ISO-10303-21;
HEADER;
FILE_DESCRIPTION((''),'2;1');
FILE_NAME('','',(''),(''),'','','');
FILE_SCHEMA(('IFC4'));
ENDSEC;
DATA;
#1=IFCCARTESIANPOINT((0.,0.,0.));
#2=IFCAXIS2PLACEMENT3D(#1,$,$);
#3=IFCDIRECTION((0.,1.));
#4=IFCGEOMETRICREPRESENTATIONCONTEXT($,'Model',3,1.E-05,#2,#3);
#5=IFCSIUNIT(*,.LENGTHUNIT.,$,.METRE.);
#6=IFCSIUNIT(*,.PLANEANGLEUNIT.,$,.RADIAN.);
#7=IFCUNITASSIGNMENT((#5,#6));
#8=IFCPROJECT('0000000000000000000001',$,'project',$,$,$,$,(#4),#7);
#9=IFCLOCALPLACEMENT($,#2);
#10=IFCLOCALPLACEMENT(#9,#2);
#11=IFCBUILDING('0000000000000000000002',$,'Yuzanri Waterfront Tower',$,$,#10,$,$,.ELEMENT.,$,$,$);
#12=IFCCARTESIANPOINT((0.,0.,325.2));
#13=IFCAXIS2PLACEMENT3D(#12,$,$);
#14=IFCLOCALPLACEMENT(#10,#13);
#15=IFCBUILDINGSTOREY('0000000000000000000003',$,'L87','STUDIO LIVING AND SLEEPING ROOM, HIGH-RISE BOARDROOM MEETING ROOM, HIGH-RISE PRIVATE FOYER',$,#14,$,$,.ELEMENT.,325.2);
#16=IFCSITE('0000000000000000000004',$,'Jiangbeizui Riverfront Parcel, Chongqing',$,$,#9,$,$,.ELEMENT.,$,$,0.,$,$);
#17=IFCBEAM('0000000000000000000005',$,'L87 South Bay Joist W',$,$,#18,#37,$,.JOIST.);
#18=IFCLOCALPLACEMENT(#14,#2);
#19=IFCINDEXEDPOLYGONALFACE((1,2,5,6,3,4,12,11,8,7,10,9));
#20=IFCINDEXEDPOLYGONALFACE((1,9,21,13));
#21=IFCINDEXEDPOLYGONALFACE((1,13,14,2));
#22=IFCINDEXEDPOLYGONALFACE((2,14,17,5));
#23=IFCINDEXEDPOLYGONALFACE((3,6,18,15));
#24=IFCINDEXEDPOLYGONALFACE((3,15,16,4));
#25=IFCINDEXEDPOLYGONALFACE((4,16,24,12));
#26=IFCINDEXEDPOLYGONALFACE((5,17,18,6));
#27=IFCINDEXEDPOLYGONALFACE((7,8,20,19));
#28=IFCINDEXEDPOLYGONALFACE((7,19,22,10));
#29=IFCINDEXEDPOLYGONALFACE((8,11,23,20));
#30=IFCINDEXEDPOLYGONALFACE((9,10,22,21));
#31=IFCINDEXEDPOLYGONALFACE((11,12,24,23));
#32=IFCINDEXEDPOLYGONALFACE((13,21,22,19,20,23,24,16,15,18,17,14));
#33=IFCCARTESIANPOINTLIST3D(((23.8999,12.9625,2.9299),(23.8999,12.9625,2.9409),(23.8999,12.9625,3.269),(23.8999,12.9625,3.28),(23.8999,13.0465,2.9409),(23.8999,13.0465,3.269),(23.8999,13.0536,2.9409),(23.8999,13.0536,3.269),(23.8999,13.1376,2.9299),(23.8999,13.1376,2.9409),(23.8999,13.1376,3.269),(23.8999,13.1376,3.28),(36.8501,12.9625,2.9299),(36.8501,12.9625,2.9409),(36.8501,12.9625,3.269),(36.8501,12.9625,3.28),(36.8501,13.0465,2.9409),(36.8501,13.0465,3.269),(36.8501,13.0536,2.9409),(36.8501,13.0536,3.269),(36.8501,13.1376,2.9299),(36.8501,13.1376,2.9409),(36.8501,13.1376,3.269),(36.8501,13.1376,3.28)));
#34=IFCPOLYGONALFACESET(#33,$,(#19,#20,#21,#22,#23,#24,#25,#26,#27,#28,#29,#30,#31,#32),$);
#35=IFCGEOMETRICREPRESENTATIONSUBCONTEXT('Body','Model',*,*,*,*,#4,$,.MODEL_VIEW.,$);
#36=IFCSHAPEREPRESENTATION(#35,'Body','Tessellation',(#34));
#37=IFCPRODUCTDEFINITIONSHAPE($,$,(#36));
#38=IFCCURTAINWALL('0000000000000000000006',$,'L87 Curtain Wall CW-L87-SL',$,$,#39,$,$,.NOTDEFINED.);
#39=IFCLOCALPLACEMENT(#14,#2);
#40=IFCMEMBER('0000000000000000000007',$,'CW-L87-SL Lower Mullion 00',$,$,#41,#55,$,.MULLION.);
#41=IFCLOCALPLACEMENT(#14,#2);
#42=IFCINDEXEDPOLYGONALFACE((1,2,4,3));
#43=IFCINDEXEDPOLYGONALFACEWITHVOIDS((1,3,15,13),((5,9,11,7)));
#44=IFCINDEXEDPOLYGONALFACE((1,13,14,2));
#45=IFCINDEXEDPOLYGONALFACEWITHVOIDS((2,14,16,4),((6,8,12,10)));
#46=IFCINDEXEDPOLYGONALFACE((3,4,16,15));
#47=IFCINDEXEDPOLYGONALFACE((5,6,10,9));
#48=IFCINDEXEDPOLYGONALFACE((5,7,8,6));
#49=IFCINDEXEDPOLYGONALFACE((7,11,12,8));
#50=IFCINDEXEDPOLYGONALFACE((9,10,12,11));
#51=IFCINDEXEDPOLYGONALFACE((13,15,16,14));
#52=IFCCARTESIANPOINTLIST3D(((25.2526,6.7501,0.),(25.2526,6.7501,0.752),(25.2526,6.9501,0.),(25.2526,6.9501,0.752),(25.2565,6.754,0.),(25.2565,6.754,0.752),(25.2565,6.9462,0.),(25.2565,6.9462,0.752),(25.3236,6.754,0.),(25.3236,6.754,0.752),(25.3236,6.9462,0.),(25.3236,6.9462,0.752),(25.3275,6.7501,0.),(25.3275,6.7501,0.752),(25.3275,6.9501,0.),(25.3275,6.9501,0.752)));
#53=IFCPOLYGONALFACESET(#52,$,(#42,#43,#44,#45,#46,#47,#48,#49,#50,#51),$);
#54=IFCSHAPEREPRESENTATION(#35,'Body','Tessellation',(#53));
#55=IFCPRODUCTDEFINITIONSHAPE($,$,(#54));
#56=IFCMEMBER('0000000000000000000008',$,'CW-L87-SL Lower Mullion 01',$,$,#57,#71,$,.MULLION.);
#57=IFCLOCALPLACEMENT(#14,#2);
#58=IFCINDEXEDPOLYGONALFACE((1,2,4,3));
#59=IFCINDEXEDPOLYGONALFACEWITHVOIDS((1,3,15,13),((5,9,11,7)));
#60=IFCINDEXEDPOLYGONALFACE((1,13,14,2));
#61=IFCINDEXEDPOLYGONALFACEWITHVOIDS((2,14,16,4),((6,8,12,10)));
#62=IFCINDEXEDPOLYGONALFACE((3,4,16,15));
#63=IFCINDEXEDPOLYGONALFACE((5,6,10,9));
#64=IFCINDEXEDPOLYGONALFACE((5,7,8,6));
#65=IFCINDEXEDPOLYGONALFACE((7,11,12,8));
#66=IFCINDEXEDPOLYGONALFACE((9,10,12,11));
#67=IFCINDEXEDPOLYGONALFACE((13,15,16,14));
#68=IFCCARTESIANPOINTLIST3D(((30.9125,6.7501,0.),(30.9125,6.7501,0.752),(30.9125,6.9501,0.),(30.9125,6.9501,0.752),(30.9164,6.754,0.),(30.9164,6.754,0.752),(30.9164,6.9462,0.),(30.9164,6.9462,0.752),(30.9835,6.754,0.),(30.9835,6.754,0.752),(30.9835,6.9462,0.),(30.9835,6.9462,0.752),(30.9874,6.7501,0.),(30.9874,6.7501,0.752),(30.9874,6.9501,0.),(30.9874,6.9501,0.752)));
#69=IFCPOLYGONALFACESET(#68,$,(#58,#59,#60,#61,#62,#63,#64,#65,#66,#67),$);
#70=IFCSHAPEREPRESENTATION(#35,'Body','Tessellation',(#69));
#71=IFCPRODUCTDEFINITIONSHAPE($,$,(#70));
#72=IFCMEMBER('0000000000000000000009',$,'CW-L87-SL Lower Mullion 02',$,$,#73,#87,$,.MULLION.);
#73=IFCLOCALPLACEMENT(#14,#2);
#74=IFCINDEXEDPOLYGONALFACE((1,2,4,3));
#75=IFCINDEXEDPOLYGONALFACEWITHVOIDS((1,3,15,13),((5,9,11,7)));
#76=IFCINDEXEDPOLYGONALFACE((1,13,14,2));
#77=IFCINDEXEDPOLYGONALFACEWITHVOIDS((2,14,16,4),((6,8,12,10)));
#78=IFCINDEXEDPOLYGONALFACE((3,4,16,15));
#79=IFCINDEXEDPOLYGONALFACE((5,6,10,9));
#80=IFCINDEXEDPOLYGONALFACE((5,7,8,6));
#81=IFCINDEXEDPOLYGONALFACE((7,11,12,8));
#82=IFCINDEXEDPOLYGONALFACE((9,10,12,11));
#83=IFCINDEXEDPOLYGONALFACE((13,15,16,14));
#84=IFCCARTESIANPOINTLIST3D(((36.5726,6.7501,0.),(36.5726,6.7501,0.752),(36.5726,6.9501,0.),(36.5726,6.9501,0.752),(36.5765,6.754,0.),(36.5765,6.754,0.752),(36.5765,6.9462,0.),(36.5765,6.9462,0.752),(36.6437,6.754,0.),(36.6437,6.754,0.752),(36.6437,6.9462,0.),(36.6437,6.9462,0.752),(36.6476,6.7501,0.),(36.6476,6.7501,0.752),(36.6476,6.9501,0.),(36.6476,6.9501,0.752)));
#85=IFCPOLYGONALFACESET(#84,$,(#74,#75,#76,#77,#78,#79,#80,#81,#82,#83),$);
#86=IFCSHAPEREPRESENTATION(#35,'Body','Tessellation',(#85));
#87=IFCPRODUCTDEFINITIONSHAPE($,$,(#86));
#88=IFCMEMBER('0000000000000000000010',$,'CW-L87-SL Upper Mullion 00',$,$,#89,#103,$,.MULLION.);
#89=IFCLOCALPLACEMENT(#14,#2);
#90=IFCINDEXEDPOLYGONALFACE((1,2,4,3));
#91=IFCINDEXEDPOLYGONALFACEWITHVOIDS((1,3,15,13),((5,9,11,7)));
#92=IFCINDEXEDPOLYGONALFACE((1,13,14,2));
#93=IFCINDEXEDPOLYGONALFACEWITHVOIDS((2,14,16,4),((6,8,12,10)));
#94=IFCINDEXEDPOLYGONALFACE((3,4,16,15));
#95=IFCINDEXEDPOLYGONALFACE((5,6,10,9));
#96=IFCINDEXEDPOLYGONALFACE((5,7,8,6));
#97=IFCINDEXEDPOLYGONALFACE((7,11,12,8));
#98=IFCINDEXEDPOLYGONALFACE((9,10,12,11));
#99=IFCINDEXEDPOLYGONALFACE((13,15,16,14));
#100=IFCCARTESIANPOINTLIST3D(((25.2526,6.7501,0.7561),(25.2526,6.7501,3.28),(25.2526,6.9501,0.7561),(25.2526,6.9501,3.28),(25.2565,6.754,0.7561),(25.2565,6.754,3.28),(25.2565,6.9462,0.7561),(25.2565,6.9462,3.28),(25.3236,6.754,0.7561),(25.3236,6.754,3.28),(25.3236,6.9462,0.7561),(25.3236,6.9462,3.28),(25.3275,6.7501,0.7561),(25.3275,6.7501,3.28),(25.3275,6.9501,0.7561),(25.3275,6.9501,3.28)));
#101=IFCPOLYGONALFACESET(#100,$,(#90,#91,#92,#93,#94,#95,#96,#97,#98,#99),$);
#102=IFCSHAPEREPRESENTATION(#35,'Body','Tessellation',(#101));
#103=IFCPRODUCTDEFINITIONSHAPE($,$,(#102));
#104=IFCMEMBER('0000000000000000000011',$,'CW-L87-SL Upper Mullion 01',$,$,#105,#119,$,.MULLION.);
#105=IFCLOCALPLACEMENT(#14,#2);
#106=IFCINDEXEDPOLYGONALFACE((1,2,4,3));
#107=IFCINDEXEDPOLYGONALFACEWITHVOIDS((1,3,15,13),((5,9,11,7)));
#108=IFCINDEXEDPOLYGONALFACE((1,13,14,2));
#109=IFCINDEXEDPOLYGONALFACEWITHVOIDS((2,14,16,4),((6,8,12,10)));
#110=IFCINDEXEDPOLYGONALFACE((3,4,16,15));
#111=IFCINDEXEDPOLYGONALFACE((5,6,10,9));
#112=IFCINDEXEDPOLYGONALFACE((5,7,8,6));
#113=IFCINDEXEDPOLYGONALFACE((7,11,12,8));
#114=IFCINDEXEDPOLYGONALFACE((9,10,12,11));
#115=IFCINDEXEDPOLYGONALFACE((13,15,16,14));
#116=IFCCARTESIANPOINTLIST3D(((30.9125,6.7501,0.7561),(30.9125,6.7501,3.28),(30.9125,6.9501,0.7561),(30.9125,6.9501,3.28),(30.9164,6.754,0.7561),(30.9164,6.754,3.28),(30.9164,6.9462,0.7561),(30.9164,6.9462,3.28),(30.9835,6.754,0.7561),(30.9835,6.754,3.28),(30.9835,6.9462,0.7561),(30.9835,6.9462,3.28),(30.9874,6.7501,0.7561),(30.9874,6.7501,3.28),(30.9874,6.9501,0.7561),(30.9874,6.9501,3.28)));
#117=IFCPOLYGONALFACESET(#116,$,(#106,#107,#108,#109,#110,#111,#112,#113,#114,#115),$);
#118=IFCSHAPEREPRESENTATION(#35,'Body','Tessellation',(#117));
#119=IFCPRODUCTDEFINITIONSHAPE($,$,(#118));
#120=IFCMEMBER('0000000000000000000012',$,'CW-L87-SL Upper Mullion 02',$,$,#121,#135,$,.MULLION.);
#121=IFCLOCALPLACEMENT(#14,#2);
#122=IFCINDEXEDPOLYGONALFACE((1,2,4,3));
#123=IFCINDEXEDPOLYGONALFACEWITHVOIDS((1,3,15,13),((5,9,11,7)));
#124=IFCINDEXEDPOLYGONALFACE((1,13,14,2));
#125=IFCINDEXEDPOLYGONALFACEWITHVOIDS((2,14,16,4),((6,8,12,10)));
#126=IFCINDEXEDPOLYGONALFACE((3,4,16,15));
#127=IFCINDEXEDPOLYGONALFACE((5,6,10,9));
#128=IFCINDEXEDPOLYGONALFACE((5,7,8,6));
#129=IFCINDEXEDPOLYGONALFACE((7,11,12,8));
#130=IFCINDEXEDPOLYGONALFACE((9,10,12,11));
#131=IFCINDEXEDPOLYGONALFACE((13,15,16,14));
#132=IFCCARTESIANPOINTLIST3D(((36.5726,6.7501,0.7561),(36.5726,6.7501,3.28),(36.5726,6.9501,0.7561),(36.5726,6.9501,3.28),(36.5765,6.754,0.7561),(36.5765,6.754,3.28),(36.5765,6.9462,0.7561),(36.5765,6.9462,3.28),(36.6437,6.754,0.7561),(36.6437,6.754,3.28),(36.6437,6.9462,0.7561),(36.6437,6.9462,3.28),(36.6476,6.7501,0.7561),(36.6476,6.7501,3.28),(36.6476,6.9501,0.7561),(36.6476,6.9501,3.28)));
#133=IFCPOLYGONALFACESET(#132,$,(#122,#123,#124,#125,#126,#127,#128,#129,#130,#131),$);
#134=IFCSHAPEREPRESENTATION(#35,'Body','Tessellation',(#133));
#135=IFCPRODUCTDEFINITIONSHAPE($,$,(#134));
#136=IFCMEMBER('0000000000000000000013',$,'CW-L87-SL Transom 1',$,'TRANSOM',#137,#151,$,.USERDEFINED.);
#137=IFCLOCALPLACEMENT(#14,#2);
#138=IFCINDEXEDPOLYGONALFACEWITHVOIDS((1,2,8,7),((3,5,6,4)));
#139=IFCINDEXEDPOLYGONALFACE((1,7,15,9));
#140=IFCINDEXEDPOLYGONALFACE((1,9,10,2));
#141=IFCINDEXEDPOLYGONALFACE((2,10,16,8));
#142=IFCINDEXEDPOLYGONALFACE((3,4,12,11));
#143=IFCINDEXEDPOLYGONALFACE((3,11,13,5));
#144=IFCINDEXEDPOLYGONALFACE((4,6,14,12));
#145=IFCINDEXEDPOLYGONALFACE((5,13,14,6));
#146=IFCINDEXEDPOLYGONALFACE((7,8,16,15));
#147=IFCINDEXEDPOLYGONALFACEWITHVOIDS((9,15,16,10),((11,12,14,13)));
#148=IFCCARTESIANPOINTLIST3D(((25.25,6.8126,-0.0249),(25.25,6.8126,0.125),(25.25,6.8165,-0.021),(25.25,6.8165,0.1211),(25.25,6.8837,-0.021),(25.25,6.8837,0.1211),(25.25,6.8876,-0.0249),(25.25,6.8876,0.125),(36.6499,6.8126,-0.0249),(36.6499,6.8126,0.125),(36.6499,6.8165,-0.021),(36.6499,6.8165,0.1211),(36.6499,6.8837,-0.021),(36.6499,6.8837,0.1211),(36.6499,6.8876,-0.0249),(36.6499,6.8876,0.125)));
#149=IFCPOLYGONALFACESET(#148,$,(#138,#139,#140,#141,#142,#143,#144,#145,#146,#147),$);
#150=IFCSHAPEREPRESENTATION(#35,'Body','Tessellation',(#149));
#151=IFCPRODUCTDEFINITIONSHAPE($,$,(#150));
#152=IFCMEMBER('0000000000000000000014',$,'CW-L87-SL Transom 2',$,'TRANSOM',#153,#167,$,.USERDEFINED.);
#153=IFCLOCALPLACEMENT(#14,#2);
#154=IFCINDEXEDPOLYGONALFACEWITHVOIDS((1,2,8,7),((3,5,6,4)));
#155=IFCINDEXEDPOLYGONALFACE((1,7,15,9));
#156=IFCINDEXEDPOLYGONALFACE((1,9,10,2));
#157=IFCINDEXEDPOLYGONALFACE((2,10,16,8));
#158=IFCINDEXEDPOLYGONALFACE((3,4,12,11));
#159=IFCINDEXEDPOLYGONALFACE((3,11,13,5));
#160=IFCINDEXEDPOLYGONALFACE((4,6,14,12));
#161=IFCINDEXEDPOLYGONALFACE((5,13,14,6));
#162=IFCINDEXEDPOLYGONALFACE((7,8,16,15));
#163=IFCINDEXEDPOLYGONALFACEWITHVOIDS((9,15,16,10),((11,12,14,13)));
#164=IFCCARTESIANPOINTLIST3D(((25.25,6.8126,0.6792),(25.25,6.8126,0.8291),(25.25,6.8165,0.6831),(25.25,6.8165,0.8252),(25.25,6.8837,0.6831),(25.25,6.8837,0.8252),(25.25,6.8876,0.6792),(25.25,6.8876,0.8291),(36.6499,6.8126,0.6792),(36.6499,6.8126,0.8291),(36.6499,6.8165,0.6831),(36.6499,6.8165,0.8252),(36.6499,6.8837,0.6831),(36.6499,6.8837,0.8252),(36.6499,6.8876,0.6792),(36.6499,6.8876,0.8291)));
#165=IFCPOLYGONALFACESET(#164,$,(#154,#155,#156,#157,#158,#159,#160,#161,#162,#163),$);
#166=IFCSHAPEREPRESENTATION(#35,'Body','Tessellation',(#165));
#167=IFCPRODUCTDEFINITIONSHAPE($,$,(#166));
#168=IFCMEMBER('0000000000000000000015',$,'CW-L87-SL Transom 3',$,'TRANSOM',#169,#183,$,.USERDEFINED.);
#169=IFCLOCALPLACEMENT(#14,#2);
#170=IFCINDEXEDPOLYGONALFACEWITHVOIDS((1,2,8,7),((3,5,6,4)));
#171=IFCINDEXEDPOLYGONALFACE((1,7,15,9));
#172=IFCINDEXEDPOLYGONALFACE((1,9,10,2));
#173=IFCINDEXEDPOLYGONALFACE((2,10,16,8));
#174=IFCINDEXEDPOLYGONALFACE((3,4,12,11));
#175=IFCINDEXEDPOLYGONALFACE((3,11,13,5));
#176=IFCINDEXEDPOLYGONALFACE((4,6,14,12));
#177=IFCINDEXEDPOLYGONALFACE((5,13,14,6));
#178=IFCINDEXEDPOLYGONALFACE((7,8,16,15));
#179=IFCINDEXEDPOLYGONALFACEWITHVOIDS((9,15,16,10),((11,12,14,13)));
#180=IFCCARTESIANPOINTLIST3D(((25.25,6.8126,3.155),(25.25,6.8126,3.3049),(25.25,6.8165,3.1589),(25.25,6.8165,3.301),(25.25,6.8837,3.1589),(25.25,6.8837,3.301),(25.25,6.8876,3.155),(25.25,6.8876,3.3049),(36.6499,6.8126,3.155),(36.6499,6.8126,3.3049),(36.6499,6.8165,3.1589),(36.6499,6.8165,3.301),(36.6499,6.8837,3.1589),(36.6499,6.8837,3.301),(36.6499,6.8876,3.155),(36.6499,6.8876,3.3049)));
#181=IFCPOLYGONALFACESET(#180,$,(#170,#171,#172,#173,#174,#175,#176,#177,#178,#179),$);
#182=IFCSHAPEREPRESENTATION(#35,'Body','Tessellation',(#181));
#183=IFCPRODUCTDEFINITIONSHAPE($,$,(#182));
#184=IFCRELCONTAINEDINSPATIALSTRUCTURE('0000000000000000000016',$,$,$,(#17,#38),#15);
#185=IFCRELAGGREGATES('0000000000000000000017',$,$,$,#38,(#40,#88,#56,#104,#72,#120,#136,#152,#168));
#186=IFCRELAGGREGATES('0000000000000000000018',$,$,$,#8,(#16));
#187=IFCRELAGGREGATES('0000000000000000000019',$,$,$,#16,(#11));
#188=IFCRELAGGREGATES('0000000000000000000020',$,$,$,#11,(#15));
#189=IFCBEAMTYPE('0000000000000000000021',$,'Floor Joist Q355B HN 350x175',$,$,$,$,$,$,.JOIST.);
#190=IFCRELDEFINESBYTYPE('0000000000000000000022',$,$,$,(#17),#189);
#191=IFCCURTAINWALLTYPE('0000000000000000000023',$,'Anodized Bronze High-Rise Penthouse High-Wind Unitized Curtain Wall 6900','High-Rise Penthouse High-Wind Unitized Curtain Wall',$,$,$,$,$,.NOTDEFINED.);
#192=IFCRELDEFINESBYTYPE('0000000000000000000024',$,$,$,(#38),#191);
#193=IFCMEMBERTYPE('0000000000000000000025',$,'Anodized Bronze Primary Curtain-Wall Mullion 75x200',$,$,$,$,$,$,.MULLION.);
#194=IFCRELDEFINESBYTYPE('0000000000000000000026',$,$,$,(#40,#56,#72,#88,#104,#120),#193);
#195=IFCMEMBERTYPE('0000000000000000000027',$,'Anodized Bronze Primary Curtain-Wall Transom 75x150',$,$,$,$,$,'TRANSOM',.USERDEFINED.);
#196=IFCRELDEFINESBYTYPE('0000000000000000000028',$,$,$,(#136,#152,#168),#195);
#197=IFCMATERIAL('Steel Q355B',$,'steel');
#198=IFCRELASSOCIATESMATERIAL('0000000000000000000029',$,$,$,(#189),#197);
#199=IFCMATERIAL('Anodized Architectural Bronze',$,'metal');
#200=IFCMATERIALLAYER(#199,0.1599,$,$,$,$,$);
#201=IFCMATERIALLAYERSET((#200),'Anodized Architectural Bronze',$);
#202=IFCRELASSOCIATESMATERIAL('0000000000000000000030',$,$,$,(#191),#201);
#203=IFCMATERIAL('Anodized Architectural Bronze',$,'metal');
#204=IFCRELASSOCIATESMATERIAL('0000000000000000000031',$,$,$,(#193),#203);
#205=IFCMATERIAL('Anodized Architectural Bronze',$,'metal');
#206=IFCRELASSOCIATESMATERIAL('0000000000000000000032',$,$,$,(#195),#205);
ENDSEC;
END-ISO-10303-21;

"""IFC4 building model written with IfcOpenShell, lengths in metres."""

from ifc_helpers import new_model, si_unit, direction, frame, origin, origin_2d, place, context, subcontext, project, spatial, hollow_rectangle, i_section, extrude, source, transform, mapped, material, layer, layer_set, material_profile, profile_set, type_object, element, aggregate, save


model = new_model("IFC4")

# Units and contexts
model_context = context("Model", 3, precision=1e-05, world=origin(), true_north=direction((0.0, 1.0)))
body_context = subcontext(model_context, "Body", "Model", "MODEL_VIEW")
ifc_project = project(units=[si_unit("LENGTHUNIT", "METRE"), si_unit("PLANEANGLEUNIT", "RADIAN")], contexts=[model_context])

# Site, building, storey
site_placement = place(None, origin())
site = spatial("IfcSite", under=ifc_project, at=site_placement, Name="Jiangbeizui Riverfront Parcel, Chongqing", CompositionType="ELEMENT", RefElevation=0.0)
building_placement = place(site_placement, origin())
building = spatial("IfcBuilding", under=site, at=building_placement, Name="Yuzanri Waterfront Tower", CompositionType="ELEMENT")
storey_placement = place(building_placement, frame((0.0, 0.0, 325.2)))
storey = spatial("IfcBuildingStorey", under=building, at=storey_placement, Name="L87", Description="STUDIO LIVING AND SLEEPING ROOM, HIGH-RISE BOARDROOM MEETING ROOM, HIGH-RISE PRIVATE FOYER", CompositionType="ELEMENT", Elevation=325.2)

# Beam
ifc_material_1 = material(Name="Steel Q355B", Category="steel")
ifc_material_profile_1 = material_profile(ifc_material_1, i_section(OverallWidth=0.175, OverallDepth=0.3501, WebThickness=0.0071, FlangeThickness=0.011, at=origin_2d()), Name="HN 350x175x7x11")
ifc_profile_set_1 = profile_set([ifc_material_profile_1], Name="Steel Q355B")
beam_type = type_object("IfcBeamType", Name="Floor Joist Q355B HN 350x175", PredefinedType="JOIST", material=ifc_profile_set_1)
shared_shape_1 = source(origin(), body_context, "Body", "SweptSolid", [
    extrude(i_section(OverallWidth=0.175, OverallDepth=0.3501, WebThickness=0.0071, FlangeThickness=0.011, at=origin_2d()), origin(), (0.0, 0.0, 1.0), 12.9502),
])
beam_placement = place(storey_placement, frame((23.8999, 13.05, 3.105), z_axis=(1.0, 0.0, 0.0), x_axis=(0.0, 1.0, 0.0)))
element("IfcBeam", 1, at=beam_placement, inside=storey, type_object=beam_type, Name="L87 South Bay Joist W", PredefinedType="JOIST", context=body_context, shape_type="MappedRepresentation", body=[
    mapped(shared_shape_1, transform((0.0, 0.0, 0.0), scale=1.0)),
])

# Curtain wall, members
ifc_material_2 = material(Name="Anodized Architectural Bronze", Category="metal")
ifc_layer_1 = layer(ifc_material_2, 0.1599)
ifc_layer_set_1 = layer_set([ifc_layer_1], Name="Anodized Architectural Bronze")
curtain_wall_type = type_object("IfcCurtainWallType", Name="Anodized Bronze High-Rise Penthouse High-Wind Unitized Curtain Wall 6900", Description="High-Rise Penthouse High-Wind Unitized Curtain Wall", PredefinedType="NOTDEFINED", material=ifc_layer_set_1)
curtain_wall_placement = place(storey_placement, origin())
curtain_wall = element("IfcCurtainWall", 2, at=curtain_wall_placement, inside=storey, type_object=curtain_wall_type, Name="L87 Curtain Wall CW-L87-SL", PredefinedType="NOTDEFINED")
ifc_material_3 = material(Name="Anodized Architectural Bronze", Category="metal")
ifc_material_profile_2 = material_profile(ifc_material_3, hollow_rectangle(XDim=0.075, YDim=0.2, WallThickness=0.0039, at=origin_2d()), Name="CWM 75x200")
ifc_profile_set_2 = profile_set([ifc_material_profile_2], Name="Anodized Architectural Bronze")
member_type_1 = type_object("IfcMemberType", Name="Anodized Bronze Primary Curtain-Wall Mullion 75x200", PredefinedType="MULLION", material=ifc_profile_set_2)
shared_shape_2 = source(origin(), body_context, "Body", "SweptSolid", [
    extrude(hollow_rectangle(XDim=0.075, YDim=0.2, WallThickness=0.0039, at=origin_2d()), origin(), (0.0, 0.0, 1.0), 0.752),
])
member_1_placement = place(storey_placement, frame((25.29, 6.8501, 0.0), z_axis=(0.0, 0.0, 1.0), x_axis=(1.0, 0.0, 0.0)))
member_1 = element("IfcMember", 3, at=member_1_placement, type_object=member_type_1, Name="CW-L87-SL Lower Mullion 00", PredefinedType="MULLION", context=body_context, shape_type="MappedRepresentation", body=[
    mapped(shared_shape_2, transform((0.0, 0.0, 0.0), scale=1.0)),
])
member_2_placement = place(storey_placement, frame((30.95, 6.8501, 0.0), z_axis=(0.0, 0.0, 1.0), x_axis=(1.0, 0.0, 0.0)))
member_2 = element("IfcMember", 4, at=member_2_placement, type_object=member_type_1, Name="CW-L87-SL Lower Mullion 01", PredefinedType="MULLION", context=body_context, shape_type="MappedRepresentation", body=[
    mapped(shared_shape_2, transform((0.0, 0.0, 0.0), scale=1.0)),
])
member_3_placement = place(storey_placement, frame((36.6101, 6.8501, 0.0), z_axis=(0.0, 0.0, 1.0), x_axis=(1.0, 0.0, 0.0)))
member_3 = element("IfcMember", 5, at=member_3_placement, type_object=member_type_1, Name="CW-L87-SL Lower Mullion 02", PredefinedType="MULLION", context=body_context, shape_type="MappedRepresentation", body=[
    mapped(shared_shape_2, transform((0.0, 0.0, 0.0), scale=1.0)),
])
shared_shape_3 = source(origin(), body_context, "Body", "SweptSolid", [
    extrude(hollow_rectangle(XDim=0.075, YDim=0.2, WallThickness=0.0039, at=origin_2d()), origin(), (0.0, 0.0, 1.0), 2.5239),
])
member_4_placement = place(storey_placement, frame((25.29, 6.8501, 0.7561), z_axis=(0.0, 0.0, 1.0), x_axis=(1.0, 0.0, 0.0)))
member_4 = element("IfcMember", 6, at=member_4_placement, type_object=member_type_1, Name="CW-L87-SL Upper Mullion 00", PredefinedType="MULLION", context=body_context, shape_type="MappedRepresentation", body=[
    mapped(shared_shape_3, transform((0.0, 0.0, 0.0), scale=1.0)),
])
member_5_placement = place(storey_placement, frame((30.95, 6.8501, 0.7561), z_axis=(0.0, 0.0, 1.0), x_axis=(1.0, 0.0, 0.0)))
member_5 = element("IfcMember", 7, at=member_5_placement, type_object=member_type_1, Name="CW-L87-SL Upper Mullion 01", PredefinedType="MULLION", context=body_context, shape_type="MappedRepresentation", body=[
    mapped(shared_shape_3, transform((0.0, 0.0, 0.0), scale=1.0)),
])
member_6_placement = place(storey_placement, frame((36.6101, 6.8501, 0.7561), z_axis=(0.0, 0.0, 1.0), x_axis=(1.0, 0.0, 0.0)))
member_6 = element("IfcMember", 8, at=member_6_placement, type_object=member_type_1, Name="CW-L87-SL Upper Mullion 02", PredefinedType="MULLION", context=body_context, shape_type="MappedRepresentation", body=[
    mapped(shared_shape_3, transform((0.0, 0.0, 0.0), scale=1.0)),
])
ifc_material_4 = material(Name="Anodized Architectural Bronze", Category="metal")
ifc_material_profile_3 = material_profile(ifc_material_4, hollow_rectangle(XDim=0.075, YDim=0.1499, WallThickness=0.0039, at=origin_2d()), Name="CWT 75x150")
ifc_profile_set_3 = profile_set([ifc_material_profile_3], Name="Anodized Architectural Bronze")
member_type_2 = type_object("IfcMemberType", Name="Anodized Bronze Primary Curtain-Wall Transom 75x150", ElementType="TRANSOM", PredefinedType="USERDEFINED", material=ifc_profile_set_3)
shared_shape_4 = source(origin(), body_context, "Body", "SweptSolid", [
    extrude(hollow_rectangle(XDim=0.075, YDim=0.1499, WallThickness=0.0039, at=origin_2d()), origin(), (0.0, 0.0, 1.0), 11.3999),
])
member_7_placement = place(storey_placement, frame((25.25, 6.8501, 0.05), z_axis=(1.0, 0.0, 0.0), x_axis=(0.0, 1.0, 0.0)))
member_7 = element("IfcMember", 9, at=member_7_placement, type_object=member_type_2, Name="CW-L87-SL Transom 1", ObjectType="TRANSOM", PredefinedType="USERDEFINED", context=body_context, shape_type="MappedRepresentation", body=[
    mapped(shared_shape_4, transform((0.0, 0.0, 0.0), scale=1.0)),
])
member_8_placement = place(storey_placement, frame((25.25, 6.8501, 0.7542), z_axis=(1.0, 0.0, 0.0), x_axis=(0.0, 1.0, 0.0)))
member_8 = element("IfcMember", 10, at=member_8_placement, type_object=member_type_2, Name="CW-L87-SL Transom 2", ObjectType="TRANSOM", PredefinedType="USERDEFINED", context=body_context, shape_type="MappedRepresentation", body=[
    mapped(shared_shape_4, transform((0.0, 0.0, 0.0), scale=1.0)),
])
member_9_placement = place(storey_placement, frame((25.25, 6.8501, 3.23), z_axis=(1.0, 0.0, 0.0), x_axis=(0.0, 1.0, 0.0)))
member_9 = element("IfcMember", 11, at=member_9_placement, type_object=member_type_2, Name="CW-L87-SL Transom 3", ObjectType="TRANSOM", PredefinedType="USERDEFINED", context=body_context, shape_type="MappedRepresentation", body=[
    mapped(shared_shape_4, transform((0.0, 0.0, 0.0), scale=1.0)),
])

aggregate(curtain_wall, [member_1, member_4, member_2, member_5, member_3, member_6, member_7, member_8, member_9])

save(model, "model.ifc")
